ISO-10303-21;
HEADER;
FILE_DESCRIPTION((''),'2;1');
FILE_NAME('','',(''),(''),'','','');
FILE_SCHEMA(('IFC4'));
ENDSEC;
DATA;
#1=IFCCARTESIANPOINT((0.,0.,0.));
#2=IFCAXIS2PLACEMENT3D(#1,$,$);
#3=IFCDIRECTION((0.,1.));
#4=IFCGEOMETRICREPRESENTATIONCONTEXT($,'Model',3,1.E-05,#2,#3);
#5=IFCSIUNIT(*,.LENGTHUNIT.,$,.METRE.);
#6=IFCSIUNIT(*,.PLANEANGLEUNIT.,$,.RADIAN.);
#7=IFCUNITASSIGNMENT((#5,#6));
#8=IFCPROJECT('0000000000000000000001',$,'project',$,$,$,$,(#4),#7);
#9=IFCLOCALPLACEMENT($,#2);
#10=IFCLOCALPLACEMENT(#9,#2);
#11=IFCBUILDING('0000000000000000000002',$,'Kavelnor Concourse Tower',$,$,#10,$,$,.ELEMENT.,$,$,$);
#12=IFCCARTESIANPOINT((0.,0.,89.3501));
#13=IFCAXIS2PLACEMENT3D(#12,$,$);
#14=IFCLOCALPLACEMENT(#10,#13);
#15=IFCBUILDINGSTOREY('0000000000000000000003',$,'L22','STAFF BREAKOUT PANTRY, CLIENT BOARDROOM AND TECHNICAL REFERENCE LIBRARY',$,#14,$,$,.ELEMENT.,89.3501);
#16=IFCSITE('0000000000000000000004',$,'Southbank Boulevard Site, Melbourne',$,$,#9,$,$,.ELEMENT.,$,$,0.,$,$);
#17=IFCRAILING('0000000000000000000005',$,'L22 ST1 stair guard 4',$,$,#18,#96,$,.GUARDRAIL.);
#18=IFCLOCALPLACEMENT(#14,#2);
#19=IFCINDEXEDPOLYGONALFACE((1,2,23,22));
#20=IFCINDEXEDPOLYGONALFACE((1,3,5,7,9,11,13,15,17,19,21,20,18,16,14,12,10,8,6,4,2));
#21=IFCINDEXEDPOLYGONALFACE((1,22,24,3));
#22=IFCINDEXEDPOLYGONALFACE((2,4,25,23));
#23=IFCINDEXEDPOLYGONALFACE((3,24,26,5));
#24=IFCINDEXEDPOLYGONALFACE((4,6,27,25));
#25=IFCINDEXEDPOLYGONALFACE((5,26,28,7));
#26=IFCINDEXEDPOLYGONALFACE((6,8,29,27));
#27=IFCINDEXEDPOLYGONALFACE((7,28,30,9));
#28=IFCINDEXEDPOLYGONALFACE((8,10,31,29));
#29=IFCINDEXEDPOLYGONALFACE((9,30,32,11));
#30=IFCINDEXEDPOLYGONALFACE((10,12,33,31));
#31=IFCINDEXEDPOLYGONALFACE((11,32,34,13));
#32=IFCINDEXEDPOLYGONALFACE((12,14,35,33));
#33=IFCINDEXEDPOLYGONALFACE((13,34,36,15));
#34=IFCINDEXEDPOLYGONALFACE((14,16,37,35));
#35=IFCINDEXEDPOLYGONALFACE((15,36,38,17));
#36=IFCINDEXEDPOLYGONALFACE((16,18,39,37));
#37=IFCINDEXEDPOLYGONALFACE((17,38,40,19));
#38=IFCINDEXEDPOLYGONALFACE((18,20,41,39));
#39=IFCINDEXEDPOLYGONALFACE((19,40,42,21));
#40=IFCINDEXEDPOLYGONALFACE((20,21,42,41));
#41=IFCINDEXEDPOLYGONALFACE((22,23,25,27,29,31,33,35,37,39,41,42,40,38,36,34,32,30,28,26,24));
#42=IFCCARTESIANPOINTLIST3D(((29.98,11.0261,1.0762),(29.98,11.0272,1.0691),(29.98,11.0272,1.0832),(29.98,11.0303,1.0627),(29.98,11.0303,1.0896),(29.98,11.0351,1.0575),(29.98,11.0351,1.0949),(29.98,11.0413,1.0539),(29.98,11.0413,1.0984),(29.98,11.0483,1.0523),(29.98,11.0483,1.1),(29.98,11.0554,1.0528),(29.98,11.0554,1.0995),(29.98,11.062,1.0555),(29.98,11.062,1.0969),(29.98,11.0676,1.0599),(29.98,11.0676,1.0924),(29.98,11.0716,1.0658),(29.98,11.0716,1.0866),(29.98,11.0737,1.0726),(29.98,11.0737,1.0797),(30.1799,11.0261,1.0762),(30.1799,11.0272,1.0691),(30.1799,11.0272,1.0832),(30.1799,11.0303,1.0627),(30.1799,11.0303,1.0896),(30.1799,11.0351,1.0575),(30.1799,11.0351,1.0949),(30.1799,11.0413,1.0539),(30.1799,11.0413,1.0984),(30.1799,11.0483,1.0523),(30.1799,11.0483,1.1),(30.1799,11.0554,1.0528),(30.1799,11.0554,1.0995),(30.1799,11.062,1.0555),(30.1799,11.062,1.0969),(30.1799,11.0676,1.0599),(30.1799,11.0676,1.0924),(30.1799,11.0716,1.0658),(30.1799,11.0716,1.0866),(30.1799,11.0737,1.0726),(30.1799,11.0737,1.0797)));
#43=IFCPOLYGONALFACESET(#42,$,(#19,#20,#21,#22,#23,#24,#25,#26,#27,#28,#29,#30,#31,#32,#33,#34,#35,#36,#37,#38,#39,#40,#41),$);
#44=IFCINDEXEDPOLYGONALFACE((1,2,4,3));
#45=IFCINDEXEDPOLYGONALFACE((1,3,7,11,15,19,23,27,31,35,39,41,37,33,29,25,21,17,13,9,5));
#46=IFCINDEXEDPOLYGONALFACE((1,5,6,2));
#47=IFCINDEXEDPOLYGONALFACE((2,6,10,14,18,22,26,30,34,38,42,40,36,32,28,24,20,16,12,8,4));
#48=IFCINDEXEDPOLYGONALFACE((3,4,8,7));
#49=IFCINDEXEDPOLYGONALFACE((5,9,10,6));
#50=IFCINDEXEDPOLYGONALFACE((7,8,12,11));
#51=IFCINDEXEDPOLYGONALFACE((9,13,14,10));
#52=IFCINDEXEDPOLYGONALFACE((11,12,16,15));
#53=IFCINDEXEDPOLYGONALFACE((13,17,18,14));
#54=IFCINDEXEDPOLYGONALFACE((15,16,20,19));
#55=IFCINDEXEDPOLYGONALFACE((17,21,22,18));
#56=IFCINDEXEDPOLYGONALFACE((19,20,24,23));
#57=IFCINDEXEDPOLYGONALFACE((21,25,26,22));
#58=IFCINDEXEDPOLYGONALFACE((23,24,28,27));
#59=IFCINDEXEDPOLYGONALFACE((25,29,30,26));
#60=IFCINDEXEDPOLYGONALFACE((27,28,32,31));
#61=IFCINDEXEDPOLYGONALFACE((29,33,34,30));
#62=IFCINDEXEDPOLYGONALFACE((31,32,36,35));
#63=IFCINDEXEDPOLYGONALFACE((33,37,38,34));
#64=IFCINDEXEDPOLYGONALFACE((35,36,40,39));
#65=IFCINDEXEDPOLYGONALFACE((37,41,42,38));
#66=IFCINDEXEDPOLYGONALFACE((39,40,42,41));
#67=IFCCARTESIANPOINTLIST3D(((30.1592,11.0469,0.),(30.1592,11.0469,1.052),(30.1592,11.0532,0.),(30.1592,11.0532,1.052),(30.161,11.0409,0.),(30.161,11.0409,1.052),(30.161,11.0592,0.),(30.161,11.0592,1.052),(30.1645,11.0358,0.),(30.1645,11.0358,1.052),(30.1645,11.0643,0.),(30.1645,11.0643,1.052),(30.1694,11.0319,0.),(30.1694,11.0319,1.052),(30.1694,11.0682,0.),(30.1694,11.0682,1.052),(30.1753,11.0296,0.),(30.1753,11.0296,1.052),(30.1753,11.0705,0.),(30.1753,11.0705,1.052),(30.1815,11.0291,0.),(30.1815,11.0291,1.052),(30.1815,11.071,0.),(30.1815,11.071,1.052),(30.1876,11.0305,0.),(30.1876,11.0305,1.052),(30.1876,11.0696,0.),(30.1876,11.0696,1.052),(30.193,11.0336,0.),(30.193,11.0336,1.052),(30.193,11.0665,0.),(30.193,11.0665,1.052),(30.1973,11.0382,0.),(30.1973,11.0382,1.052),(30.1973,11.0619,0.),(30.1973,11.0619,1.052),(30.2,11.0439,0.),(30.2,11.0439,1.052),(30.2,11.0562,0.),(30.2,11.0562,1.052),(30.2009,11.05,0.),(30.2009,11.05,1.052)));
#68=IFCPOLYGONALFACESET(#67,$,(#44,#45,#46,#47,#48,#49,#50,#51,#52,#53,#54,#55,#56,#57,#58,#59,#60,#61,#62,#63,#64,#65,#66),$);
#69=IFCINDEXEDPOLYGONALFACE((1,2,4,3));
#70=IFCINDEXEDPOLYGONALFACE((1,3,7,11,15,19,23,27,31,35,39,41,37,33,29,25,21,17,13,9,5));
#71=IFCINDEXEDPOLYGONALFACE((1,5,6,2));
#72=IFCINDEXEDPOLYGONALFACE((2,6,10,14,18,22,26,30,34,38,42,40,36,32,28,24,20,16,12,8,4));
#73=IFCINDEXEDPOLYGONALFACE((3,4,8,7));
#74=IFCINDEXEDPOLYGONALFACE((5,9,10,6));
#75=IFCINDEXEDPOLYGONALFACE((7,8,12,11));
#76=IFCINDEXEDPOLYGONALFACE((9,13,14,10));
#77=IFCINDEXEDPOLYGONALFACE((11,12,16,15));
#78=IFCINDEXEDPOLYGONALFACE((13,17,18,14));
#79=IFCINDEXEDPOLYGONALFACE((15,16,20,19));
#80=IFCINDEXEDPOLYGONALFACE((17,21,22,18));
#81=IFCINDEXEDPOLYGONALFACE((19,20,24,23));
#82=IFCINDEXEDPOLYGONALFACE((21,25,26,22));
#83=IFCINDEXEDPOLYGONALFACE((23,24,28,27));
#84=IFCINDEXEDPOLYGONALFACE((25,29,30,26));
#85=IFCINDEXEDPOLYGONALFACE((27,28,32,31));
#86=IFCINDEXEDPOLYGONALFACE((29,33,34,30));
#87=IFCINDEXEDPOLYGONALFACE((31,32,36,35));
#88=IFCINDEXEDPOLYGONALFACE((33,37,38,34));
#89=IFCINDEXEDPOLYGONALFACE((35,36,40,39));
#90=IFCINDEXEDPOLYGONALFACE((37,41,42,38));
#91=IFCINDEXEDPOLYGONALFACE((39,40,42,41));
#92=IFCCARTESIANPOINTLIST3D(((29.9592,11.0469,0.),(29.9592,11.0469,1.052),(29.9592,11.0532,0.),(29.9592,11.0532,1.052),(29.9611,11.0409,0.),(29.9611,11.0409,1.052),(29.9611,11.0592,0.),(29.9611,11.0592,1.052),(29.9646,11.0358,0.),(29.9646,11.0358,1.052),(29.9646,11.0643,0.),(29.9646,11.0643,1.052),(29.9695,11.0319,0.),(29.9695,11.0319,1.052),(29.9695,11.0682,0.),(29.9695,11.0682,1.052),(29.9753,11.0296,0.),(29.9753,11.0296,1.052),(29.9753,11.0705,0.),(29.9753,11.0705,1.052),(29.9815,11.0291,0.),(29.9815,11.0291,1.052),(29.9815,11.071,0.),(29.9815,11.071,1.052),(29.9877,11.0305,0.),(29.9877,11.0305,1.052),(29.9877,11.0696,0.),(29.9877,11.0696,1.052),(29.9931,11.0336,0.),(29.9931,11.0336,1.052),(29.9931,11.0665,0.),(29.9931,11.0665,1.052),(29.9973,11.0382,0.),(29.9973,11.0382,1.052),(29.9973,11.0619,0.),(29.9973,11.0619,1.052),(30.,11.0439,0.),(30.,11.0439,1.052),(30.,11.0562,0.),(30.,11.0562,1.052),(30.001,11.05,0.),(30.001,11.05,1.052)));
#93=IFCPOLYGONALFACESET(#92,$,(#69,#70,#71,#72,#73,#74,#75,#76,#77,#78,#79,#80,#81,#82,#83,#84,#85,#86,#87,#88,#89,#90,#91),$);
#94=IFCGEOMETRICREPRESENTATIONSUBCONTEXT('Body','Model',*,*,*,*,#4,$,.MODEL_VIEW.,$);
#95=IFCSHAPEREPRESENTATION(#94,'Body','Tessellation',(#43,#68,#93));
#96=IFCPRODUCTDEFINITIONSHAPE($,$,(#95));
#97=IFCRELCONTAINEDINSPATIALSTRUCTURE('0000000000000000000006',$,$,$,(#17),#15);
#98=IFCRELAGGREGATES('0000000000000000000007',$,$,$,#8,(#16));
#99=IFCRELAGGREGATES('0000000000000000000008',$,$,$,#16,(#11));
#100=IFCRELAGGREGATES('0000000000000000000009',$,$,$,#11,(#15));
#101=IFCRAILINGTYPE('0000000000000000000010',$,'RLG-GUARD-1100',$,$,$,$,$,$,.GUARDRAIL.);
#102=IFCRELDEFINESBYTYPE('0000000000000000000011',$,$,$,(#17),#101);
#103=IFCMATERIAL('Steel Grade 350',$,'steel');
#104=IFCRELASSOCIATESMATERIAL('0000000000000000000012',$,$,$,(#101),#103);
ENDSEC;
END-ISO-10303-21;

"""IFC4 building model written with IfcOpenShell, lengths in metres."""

from ifc_helpers import new_model, si_unit, direction, frame, origin, origin_2d, place, context, subcontext, project, spatial, circle, extrude, material, type_object, element, save


model = new_model("IFC4")

# Units and contexts
model_context = context("Model", 3, precision=1e-05, world=origin(), true_north=direction((0.0, 1.0)))
body_context = subcontext(model_context, "Body", "Model", "MODEL_VIEW")
ifc_project = project(units=[si_unit("LENGTHUNIT", "METRE"), si_unit("PLANEANGLEUNIT", "RADIAN")], contexts=[model_context])

# Site, building, storey
site_placement = place(None, origin())
site = spatial("IfcSite", under=ifc_project, at=site_placement, Name="Southbank Boulevard Site, Melbourne", CompositionType="ELEMENT", RefElevation=0.0)
building_placement = place(site_placement, origin())
building = spatial("IfcBuilding", under=site, at=building_placement, Name="Kavelnor Concourse Tower", CompositionType="ELEMENT")
storey_placement = place(building_placement, frame((0.0, 0.0, 89.3501)))
storey = spatial("IfcBuildingStorey", under=building, at=storey_placement, Name="L22", Description="STAFF BREAKOUT PANTRY, CLIENT BOARDROOM AND TECHNICAL REFERENCE LIBRARY", CompositionType="ELEMENT", Elevation=89.3501)

# Shared definitions
ifc_material_1 = material(Name="Steel Grade 350", Category="steel")

# Railing
railing_type_1 = type_object("IfcRailingType", Name="RLG-GUARD-1100", PredefinedType="GUARDRAIL", material=ifc_material_1)
railing_1_placement = place(storey_placement, frame((30.1799, 11.05, 0.0)))
element("IfcRailing", 1, at=railing_1_placement, inside=storey, type_object=railing_type_1, Name="L22 ST1 stair guard 4", PredefinedType="GUARDRAIL", context=body_context, shape_type="SweptSolid", body=[
    extrude(circle(Radius=0.0239, at=origin_2d()), frame((0.0, 0.0, 1.0762), z_axis=(-1.0, 0.0, 0.0), x_axis=(0.0, -1.0, 0.0)), (0.0, 0.0, 1.0), 0.2),
    extrude(circle(Radius=0.021, at=origin_2d()), origin(), (0.0, 0.0, 1.0), 1.052),
    extrude(circle(Radius=0.021, at=origin_2d()), frame((-0.2, 0.0, 0.0)), (0.0, 0.0, 1.0), 1.052),
])

save(model, "model.ifc")
